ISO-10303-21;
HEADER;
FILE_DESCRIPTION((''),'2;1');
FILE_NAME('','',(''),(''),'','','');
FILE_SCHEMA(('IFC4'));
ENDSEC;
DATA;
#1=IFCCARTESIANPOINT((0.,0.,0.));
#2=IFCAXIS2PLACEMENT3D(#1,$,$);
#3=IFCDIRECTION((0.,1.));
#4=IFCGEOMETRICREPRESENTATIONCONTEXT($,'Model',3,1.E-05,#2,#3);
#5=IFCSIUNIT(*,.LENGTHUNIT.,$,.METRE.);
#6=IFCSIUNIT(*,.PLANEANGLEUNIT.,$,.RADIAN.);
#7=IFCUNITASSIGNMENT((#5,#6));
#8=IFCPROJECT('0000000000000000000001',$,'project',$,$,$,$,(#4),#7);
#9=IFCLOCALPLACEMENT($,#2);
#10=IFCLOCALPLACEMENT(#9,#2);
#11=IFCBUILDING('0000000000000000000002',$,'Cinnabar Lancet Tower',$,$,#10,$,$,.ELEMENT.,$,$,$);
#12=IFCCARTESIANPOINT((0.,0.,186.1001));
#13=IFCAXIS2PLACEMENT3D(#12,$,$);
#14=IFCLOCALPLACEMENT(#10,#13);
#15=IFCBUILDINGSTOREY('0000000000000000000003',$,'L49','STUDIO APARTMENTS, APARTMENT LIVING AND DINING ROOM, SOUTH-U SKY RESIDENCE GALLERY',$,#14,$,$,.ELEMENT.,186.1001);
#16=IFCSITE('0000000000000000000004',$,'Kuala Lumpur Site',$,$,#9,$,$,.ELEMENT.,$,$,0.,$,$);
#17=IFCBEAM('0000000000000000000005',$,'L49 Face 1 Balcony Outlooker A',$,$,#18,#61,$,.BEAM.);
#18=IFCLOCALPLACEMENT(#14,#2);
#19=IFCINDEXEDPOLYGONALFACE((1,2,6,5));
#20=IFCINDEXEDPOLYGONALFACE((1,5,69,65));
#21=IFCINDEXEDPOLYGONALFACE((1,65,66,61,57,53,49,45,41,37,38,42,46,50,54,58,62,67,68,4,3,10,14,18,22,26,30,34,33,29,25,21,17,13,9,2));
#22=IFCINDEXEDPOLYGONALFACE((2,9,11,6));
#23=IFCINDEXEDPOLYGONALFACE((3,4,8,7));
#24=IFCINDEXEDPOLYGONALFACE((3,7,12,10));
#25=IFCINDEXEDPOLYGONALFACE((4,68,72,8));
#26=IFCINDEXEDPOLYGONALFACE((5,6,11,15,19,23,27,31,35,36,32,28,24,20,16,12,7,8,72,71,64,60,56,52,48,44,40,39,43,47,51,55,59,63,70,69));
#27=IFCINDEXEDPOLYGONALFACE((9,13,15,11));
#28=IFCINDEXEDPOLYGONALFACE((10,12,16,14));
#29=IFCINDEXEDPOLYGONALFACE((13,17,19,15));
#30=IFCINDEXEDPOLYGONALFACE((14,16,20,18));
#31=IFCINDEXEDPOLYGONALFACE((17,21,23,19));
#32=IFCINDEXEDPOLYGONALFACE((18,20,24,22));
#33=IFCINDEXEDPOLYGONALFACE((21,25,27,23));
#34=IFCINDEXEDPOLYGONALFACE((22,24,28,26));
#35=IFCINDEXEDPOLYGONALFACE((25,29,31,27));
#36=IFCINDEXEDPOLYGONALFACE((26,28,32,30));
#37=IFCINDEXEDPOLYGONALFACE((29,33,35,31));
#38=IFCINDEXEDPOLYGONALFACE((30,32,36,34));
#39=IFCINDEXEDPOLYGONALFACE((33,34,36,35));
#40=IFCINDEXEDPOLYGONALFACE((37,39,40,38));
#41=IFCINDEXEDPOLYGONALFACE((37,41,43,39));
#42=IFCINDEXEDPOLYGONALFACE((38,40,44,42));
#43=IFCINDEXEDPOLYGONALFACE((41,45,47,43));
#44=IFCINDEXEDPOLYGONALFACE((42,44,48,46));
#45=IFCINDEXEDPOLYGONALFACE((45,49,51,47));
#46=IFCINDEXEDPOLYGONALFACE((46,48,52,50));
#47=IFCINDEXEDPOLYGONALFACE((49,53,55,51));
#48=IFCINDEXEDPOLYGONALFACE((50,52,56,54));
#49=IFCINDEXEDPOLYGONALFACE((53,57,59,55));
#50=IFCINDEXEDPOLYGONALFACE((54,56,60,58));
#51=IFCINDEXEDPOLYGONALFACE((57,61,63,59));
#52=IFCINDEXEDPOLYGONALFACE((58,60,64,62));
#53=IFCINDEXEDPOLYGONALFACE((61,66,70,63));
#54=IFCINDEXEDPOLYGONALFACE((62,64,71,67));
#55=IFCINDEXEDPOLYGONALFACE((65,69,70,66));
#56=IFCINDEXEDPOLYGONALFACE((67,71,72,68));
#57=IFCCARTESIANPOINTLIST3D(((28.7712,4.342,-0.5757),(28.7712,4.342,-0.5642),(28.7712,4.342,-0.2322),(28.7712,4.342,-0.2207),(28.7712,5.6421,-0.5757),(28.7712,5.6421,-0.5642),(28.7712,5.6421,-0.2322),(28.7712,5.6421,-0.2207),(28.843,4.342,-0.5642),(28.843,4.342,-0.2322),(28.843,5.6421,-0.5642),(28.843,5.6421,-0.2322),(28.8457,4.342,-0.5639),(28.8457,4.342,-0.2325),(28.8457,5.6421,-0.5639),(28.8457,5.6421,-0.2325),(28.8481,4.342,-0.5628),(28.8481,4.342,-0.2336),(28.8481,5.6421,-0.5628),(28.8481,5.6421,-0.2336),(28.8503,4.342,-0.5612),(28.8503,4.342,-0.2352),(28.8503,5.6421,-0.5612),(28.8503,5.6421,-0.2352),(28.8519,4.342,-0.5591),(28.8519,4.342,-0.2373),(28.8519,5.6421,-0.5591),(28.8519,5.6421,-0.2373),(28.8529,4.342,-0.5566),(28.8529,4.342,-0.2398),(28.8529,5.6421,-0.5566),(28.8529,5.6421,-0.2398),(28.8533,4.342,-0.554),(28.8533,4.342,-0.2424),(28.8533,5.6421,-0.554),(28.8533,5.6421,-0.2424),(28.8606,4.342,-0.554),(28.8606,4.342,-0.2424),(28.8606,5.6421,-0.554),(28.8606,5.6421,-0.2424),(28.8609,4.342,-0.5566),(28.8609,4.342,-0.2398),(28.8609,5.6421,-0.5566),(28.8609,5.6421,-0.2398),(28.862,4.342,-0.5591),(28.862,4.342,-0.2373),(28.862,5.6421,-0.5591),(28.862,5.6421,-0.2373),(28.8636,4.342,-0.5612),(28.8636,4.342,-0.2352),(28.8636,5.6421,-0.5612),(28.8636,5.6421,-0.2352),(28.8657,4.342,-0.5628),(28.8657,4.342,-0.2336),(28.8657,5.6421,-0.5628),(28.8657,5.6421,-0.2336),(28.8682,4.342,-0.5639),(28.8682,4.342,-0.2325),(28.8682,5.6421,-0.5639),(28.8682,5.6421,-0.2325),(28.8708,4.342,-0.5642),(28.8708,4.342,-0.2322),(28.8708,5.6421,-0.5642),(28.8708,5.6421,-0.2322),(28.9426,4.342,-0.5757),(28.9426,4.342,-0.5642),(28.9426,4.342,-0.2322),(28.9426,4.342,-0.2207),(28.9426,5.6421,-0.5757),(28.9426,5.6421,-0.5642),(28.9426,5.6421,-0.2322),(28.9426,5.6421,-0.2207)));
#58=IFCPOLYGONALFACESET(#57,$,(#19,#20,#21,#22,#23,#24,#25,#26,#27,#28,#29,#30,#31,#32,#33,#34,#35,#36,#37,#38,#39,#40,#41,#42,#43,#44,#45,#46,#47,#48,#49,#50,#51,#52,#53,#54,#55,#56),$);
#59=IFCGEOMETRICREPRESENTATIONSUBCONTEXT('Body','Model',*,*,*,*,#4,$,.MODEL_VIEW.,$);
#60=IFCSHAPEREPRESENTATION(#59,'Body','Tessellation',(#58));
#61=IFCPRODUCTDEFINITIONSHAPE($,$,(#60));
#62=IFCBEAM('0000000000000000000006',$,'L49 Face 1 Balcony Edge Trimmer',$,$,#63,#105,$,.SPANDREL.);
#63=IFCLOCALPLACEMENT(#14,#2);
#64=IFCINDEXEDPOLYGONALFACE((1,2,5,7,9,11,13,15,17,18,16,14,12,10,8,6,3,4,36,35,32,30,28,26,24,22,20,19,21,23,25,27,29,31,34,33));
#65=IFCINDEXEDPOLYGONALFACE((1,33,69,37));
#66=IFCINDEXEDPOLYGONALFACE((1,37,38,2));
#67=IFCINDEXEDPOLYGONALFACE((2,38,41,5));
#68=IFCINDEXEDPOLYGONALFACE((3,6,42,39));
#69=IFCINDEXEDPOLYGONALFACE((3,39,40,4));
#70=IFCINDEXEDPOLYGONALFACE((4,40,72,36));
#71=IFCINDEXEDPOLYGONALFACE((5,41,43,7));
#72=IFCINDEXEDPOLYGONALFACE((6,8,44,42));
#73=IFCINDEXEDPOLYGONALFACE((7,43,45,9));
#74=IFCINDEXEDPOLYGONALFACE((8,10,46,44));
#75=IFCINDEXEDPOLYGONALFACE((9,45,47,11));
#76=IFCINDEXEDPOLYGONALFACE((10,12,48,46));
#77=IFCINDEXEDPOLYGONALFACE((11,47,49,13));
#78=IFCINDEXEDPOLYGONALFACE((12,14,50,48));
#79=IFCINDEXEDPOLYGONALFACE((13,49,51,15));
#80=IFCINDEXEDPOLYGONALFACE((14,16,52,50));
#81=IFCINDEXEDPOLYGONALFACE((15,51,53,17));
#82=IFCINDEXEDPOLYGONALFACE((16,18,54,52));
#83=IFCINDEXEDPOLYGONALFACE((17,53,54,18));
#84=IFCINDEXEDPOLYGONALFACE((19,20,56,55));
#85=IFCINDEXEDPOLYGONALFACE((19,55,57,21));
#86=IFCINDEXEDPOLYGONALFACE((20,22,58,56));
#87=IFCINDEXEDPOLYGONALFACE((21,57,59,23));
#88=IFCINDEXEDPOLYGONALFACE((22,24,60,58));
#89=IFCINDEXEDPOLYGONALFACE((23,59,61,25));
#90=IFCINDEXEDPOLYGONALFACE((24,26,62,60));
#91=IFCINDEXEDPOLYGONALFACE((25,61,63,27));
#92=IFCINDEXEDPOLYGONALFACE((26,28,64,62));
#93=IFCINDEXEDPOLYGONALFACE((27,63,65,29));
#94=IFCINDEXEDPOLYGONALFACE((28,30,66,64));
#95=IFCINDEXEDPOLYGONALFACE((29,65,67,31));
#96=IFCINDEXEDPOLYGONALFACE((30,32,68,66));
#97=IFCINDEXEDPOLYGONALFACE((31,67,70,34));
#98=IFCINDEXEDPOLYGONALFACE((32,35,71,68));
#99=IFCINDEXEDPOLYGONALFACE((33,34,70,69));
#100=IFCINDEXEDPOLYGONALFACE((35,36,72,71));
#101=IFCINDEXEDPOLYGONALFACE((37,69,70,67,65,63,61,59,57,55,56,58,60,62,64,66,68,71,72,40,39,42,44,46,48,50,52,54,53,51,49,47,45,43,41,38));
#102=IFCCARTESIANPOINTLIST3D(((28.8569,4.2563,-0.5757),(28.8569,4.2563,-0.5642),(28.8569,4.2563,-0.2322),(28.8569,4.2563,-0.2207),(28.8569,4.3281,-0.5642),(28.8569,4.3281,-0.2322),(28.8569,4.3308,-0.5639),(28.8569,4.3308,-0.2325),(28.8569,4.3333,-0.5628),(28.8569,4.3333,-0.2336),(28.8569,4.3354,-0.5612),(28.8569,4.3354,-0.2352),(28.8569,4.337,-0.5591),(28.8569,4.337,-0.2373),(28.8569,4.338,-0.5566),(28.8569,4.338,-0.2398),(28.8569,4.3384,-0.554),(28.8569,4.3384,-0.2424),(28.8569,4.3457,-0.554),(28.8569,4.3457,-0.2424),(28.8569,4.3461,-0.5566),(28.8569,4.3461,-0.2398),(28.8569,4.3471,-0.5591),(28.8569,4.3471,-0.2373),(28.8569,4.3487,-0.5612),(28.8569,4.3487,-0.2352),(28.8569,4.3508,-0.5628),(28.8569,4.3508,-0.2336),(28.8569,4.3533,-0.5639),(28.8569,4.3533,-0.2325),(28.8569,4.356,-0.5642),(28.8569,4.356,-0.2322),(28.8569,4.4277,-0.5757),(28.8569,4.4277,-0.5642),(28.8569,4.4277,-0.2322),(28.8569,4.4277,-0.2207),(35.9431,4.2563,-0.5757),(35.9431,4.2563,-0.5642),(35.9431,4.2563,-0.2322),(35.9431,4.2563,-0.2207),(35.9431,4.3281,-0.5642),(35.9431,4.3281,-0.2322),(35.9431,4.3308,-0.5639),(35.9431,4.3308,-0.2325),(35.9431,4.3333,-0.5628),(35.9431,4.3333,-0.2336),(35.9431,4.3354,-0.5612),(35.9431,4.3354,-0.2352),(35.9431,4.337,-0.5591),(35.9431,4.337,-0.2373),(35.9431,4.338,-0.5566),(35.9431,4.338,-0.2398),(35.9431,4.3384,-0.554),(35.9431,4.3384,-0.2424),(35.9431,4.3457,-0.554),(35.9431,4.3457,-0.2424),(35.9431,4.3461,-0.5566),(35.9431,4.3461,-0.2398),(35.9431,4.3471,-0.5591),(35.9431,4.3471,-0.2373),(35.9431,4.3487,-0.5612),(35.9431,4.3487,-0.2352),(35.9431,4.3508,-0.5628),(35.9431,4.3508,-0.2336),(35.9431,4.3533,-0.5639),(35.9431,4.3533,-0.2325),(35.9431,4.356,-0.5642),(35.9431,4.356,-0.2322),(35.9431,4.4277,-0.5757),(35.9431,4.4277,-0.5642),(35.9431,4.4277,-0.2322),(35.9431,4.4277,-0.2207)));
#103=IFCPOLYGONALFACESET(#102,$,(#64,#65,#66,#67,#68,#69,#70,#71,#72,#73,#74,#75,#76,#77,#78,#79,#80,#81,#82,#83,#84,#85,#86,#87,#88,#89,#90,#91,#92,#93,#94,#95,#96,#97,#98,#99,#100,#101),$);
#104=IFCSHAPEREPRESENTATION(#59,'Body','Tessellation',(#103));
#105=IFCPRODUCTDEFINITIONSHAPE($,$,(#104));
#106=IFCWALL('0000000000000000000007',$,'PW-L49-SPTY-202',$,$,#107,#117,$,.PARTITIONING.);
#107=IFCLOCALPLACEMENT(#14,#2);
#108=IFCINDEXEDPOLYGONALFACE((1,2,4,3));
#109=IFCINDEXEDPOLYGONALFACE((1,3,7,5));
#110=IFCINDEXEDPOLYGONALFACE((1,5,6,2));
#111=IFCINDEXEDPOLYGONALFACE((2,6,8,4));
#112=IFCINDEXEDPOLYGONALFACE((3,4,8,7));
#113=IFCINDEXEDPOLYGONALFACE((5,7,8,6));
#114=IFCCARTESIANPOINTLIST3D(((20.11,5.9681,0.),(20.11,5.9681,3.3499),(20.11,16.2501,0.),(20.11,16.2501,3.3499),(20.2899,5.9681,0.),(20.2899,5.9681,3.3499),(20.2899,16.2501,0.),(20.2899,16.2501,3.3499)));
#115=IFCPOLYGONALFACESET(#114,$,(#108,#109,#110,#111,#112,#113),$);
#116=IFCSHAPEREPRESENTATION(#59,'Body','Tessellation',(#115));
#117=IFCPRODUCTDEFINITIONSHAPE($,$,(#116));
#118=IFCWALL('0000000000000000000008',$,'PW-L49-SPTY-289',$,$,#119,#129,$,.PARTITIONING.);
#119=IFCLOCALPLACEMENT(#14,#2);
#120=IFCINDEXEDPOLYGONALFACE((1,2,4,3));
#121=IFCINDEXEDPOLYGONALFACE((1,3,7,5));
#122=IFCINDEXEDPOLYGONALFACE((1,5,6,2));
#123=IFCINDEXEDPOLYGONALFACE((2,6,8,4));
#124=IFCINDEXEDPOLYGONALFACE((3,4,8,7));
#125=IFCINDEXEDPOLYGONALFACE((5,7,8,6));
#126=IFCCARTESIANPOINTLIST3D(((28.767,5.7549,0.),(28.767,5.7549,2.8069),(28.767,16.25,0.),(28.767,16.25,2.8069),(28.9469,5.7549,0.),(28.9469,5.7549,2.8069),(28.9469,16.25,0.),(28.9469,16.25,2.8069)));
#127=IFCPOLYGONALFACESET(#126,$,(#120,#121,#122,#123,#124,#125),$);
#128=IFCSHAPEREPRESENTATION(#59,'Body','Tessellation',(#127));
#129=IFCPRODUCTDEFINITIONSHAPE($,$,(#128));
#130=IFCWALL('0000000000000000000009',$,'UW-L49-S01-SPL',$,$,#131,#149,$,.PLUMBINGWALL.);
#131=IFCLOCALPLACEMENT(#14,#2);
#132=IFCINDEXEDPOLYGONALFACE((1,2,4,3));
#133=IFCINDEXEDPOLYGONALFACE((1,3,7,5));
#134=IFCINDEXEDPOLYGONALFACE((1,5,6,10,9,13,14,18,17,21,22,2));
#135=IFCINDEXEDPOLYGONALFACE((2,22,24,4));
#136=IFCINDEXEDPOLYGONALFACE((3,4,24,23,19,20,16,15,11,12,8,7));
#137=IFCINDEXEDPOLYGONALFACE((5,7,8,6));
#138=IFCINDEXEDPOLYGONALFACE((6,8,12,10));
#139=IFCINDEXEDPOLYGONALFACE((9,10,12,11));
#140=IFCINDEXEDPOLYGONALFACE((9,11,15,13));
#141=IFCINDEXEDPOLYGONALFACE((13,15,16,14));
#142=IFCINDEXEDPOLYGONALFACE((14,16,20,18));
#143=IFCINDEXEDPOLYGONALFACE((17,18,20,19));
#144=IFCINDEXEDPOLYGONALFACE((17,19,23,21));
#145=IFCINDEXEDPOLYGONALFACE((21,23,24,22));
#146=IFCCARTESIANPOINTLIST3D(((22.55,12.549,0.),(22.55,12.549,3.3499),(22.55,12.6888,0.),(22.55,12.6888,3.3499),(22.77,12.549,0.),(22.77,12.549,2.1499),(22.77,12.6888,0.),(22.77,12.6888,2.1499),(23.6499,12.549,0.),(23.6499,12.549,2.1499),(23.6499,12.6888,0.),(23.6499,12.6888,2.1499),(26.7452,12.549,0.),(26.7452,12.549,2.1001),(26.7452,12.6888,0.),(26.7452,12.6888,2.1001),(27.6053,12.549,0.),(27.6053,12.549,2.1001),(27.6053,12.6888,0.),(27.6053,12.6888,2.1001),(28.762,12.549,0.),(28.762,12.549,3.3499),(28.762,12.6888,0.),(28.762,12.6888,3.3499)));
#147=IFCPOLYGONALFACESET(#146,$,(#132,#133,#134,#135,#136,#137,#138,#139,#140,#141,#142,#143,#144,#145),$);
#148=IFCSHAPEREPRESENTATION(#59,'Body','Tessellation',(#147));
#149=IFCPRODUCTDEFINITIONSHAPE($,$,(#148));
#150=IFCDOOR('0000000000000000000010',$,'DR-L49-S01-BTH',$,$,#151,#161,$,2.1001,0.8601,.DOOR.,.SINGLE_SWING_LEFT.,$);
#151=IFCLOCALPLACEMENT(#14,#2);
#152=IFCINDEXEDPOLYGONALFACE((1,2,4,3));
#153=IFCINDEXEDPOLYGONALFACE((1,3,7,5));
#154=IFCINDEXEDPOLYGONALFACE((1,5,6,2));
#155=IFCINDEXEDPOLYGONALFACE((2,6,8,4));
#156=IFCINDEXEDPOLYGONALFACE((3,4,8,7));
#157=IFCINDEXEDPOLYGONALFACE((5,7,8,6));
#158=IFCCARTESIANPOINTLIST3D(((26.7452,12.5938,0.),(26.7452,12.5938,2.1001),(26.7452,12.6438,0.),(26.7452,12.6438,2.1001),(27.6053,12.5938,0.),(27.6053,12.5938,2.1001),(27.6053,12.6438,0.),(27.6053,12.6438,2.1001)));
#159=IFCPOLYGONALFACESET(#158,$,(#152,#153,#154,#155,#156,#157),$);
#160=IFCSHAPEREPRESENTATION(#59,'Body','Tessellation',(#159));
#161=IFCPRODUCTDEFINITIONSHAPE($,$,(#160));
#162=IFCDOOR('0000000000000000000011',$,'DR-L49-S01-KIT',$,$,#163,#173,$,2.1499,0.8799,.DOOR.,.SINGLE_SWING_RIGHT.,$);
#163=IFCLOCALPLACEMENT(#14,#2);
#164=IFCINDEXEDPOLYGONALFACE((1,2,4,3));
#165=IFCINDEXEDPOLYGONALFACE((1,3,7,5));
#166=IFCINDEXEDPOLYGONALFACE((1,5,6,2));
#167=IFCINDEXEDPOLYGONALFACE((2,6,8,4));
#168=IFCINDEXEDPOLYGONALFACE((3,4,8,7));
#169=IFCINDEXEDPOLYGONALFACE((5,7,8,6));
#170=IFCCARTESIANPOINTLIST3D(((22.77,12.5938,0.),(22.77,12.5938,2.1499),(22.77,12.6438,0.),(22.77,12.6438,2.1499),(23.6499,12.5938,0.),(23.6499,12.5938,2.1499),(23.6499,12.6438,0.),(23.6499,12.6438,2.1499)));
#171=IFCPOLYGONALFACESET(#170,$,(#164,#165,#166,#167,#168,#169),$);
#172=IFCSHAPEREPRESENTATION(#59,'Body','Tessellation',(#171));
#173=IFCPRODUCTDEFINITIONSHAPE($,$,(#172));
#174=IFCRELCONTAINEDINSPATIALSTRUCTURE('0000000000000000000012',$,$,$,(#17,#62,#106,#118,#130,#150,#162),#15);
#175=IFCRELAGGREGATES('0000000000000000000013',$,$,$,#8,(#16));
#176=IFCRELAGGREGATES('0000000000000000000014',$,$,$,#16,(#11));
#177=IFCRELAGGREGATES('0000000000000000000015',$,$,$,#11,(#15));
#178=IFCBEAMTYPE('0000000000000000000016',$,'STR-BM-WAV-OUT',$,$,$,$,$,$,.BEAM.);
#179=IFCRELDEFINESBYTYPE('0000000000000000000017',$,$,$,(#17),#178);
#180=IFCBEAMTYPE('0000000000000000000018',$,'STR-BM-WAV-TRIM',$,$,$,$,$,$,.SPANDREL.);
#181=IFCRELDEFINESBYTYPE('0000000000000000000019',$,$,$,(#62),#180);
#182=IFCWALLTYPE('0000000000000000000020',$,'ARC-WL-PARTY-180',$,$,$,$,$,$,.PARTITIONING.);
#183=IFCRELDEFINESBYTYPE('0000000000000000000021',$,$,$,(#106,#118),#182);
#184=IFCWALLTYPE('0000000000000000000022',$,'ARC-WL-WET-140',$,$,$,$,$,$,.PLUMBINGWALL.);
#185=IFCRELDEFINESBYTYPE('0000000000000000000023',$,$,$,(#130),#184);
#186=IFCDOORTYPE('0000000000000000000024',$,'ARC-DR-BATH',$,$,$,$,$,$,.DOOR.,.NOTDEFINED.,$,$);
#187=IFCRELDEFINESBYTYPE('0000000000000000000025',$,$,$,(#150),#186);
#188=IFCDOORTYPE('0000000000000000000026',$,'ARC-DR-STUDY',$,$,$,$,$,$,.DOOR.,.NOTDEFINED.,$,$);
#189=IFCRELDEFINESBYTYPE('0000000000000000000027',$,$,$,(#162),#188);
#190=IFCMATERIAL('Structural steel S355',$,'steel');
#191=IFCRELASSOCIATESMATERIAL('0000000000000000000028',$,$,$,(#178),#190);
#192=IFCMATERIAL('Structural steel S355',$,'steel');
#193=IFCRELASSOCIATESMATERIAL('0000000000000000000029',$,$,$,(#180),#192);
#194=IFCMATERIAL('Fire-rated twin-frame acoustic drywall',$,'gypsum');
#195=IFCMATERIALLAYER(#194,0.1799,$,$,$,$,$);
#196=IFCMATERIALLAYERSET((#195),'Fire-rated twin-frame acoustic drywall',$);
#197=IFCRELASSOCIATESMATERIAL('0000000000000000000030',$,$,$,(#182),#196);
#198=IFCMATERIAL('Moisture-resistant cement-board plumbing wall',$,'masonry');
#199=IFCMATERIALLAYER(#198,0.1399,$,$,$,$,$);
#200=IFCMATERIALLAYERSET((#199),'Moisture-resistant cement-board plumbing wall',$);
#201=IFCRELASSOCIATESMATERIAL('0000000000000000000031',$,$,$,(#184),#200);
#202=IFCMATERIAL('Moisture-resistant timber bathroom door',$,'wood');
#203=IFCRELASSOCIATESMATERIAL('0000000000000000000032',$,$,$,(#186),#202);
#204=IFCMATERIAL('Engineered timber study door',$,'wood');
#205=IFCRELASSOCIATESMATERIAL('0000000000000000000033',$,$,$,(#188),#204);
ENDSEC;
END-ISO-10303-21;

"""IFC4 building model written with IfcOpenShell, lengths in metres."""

from ifc_helpers import new_model, si_unit, direction, frame, frame_2d, origin, origin_2d, place, context, subcontext, project, spatial, rectangle, i_section, extrude, material, layer, layer_set, material_profile, profile_set, type_object, element, fill, save


model = new_model("IFC4")

# Units and contexts
model_context = context("Model", 3, precision=1e-05, world=origin(), true_north=direction((0.0, 1.0)))
body_context = subcontext(model_context, "Body", "Model", "MODEL_VIEW")
ifc_project = project(units=[si_unit("LENGTHUNIT", "METRE"), si_unit("PLANEANGLEUNIT", "RADIAN")], contexts=[model_context])

# Site, building, storey
site_placement = place(None, origin())
site = spatial("IfcSite", under=ifc_project, at=site_placement, Name="Kuala Lumpur Site", CompositionType="ELEMENT", RefElevation=0.0)
building_placement = place(site_placement, origin())
building = spatial("IfcBuilding", under=site, at=building_placement, Name="Cinnabar Lancet Tower", CompositionType="ELEMENT")
storey_placement = place(building_placement, frame((0.0, 0.0, 186.1001)))
storey = spatial("IfcBuildingStorey", under=building, at=storey_placement, Name="L49", Description="STUDIO APARTMENTS, APARTMENT LIVING AND DINING ROOM, SOUTH-U SKY RESIDENCE GALLERY", CompositionType="ELEMENT", Elevation=186.1001)

# Beams
ifc_material_1 = material(Name="Structural steel S355", Category="steel")
ifc_material_profile_1 = material_profile(ifc_material_1, i_section(OverallWidth=0.1714, OverallDepth=0.355, WebThickness=0.0073, FlangeThickness=0.0115, FilletRadius=0.0103, at=origin_2d()), Name="UKB 356x171x51")
ifc_profile_set_1 = profile_set([ifc_material_profile_1], Name="Structural steel S355")
beam_type_1 = type_object("IfcBeamType", Name="STR-BM-WAV-OUT", PredefinedType="BEAM", material=ifc_profile_set_1)
beam_1_placement = place(storey_placement, frame((28.8569, 5.6421, -0.3982), z_axis=(0.0, -1.0, 0.0), x_axis=(1.0, 0.0, 0.0)))
element("IfcBeam", 1, at=beam_1_placement, inside=storey, type_object=beam_type_1, Name="L49 Face 1 Balcony Outlooker A", PredefinedType="BEAM", context=body_context, shape_type="SweptSolid", body=[
    extrude(i_section(OverallWidth=0.1714, OverallDepth=0.355, WebThickness=0.0073, FlangeThickness=0.0115, FilletRadius=0.0103, at=origin_2d()), origin(), (0.0, 0.0, 1.0), 1.3),
])
ifc_material_2 = material(Name="Structural steel S355", Category="steel")
ifc_material_profile_2 = material_profile(ifc_material_2, i_section(OverallWidth=0.1714, OverallDepth=0.355, WebThickness=0.0073, FlangeThickness=0.0115, FilletRadius=0.0103, at=origin_2d()), Name="UKB 356x171x51")
ifc_profile_set_2 = profile_set([ifc_material_profile_2], Name="Structural steel S355")
beam_type_2 = type_object("IfcBeamType", Name="STR-BM-WAV-TRIM", PredefinedType="SPANDREL", material=ifc_profile_set_2)
beam_2_placement = place(storey_placement, frame((28.8569, 4.342, -0.3982), z_axis=(1.0, 0.0, 0.0), x_axis=(0.0, 1.0, 0.0)))
element("IfcBeam", 2, at=beam_2_placement, inside=storey, type_object=beam_type_2, Name="L49 Face 1 Balcony Edge Trimmer", PredefinedType="SPANDREL", context=body_context, shape_type="SweptSolid", body=[
    extrude(i_section(OverallWidth=0.1714, OverallDepth=0.355, WebThickness=0.0073, FlangeThickness=0.0115, FilletRadius=0.0103, at=origin_2d()), origin(), (0.0, 0.0, 1.0), 7.0862),
])

# Walls
ifc_material_3 = material(Name="Fire-rated twin-frame acoustic drywall", Category="gypsum")
ifc_layer_1 = layer(ifc_material_3, 0.1799)
ifc_layer_set_1 = layer_set([ifc_layer_1], Name="Fire-rated twin-frame acoustic drywall")
wall_type_1 = type_object("IfcWallType", Name="ARC-WL-PARTY-180", PredefinedType="PARTITIONING", material=ifc_layer_set_1)
wall_1_placement = place(storey_placement, frame((20.2, 5.968, 0.0), z_axis=(0.0, 0.0, 1.0), x_axis=(0.0, 1.0, 0.0)))
element("IfcWall", 3, at=wall_1_placement, inside=storey, type_object=wall_type_1, Name="PW-L49-SPTY-202", PredefinedType="PARTITIONING", context=body_context, shape_type="SweptSolid", body=[
    extrude(rectangle(XDim=10.282, YDim=0.1799, at=frame_2d((5.1411, 0.0))), origin(), (0.0, 0.0, 1.0), 3.3499),
])
wall_2_placement = place(storey_placement, frame((28.8569, 5.7549, 0.0), z_axis=(0.0, 0.0, 1.0), x_axis=(0.0, 1.0, 0.0)))
element("IfcWall", 4, at=wall_2_placement, inside=storey, type_object=wall_type_1, Name="PW-L49-SPTY-289", PredefinedType="PARTITIONING", context=body_context, shape_type="SweptSolid", body=[
    extrude(rectangle(XDim=10.4951, YDim=0.1799, at=frame_2d((5.2476, 0.0))), origin(), (0.0, 0.0, 1.0), 2.8069),
])

# Wall, openings, doors
ifc_material_4 = material(Name="Moisture-resistant cement-board plumbing wall", Category="masonry")
ifc_layer_2 = layer(ifc_material_4, 0.1399)
ifc_layer_set_2 = layer_set([ifc_layer_2], Name="Moisture-resistant cement-board plumbing wall")
wall_type_2 = type_object("IfcWallType", Name="ARC-WL-WET-140", PredefinedType="PLUMBINGWALL", material=ifc_layer_set_2)
wall_3_placement = place(storey_placement, frame((22.55, 12.6189, 0.0), z_axis=(0.0, 0.0, 1.0), x_axis=(1.0, 0.0, 0.0)))
wall_3 = element("IfcWall", 5, at=wall_3_placement, inside=storey, type_object=wall_type_2, Name="UW-L49-S01-SPL", PredefinedType="PLUMBINGWALL", context=body_context, shape_type="SweptSolid", body=[
    extrude(rectangle(XDim=6.2119, YDim=0.1399, at=frame_2d((3.106, 0.0))), origin(), (0.0, 0.0, 1.0), 3.3499),
])
opening_1_placement = place(wall_3_placement, frame((4.1951, 0.0, 0.0)))
opening_1 = element("IfcOpeningElement", 6, at=opening_1_placement, cuts=wall_3, PredefinedType="OPENING", context=body_context, shape_type="SweptSolid", body=[
    extrude(rectangle(XDim=0.8601, YDim=2.1001, at=frame_2d((0.4302, 1.05))), frame((0.0, 0.0798, 0.0), z_axis=(0.0, -1.0, 0.0), x_axis=(1.0, 0.0, 0.0)), (0.0, 0.0, 1.0), 0.1599),
])
opening_2_placement = place(wall_3_placement, frame((0.22, 0.0, 0.0)))
opening_2 = element("IfcOpeningElement", 7, at=opening_2_placement, cuts=wall_3, PredefinedType="OPENING", context=body_context, shape_type="SweptSolid", body=[
    extrude(rectangle(XDim=0.8799, YDim=2.1499, at=frame_2d((0.4399, 1.075))), frame((0.0, 0.0798, 0.0), z_axis=(0.0, -1.0, 0.0), x_axis=(1.0, 0.0, 0.0)), (0.0, 0.0, 1.0), 0.1599),
])
ifc_material_5 = material(Name="Moisture-resistant timber bathroom door", Category="wood")
door_type_1 = type_object("IfcDoorType", Name="ARC-DR-BATH", OperationType="NOTDEFINED", PredefinedType="DOOR", material=ifc_material_5)
door_1_placement = place(opening_1_placement, origin())
door_1 = element("IfcDoor", 8, at=door_1_placement, inside=storey, type_object=door_type_1, Name="DR-L49-S01-BTH", OperationType="SINGLE_SWING_LEFT", OverallHeight=2.1001, OverallWidth=0.8601, PredefinedType="DOOR", context=body_context, shape_type="SweptSolid", body=[
    extrude(rectangle(XDim=0.8601, YDim=2.1001, at=frame_2d((0.4302, 1.05))), frame((0.0, 0.0249, 0.0), z_axis=(0.0, -1.0, 0.0), x_axis=(1.0, 0.0, 0.0)), (0.0, 0.0, 1.0), 0.05),
])
fill(opening_1, door_1)
ifc_material_6 = material(Name="Engineered timber study door", Category="wood")
door_type_2 = type_object("IfcDoorType", Name="ARC-DR-STUDY", OperationType="NOTDEFINED", PredefinedType="DOOR", material=ifc_material_6)
door_2_placement = place(opening_2_placement, origin())
door_2 = element("IfcDoor", 9, at=door_2_placement, inside=storey, type_object=door_type_2, Name="DR-L49-S01-KIT", OperationType="SINGLE_SWING_RIGHT", OverallHeight=2.1499, OverallWidth=0.8799, PredefinedType="DOOR", context=body_context, shape_type="SweptSolid", body=[
    extrude(rectangle(XDim=0.8799, YDim=2.1499, at=frame_2d((0.4399, 1.075))), frame((0.0, 0.0249, 0.0), z_axis=(0.0, -1.0, 0.0), x_axis=(1.0, 0.0, 0.0)), (0.0, 0.0, 1.0), 0.05),
])
fill(opening_2, door_2)

save(model, "model.ifc")
